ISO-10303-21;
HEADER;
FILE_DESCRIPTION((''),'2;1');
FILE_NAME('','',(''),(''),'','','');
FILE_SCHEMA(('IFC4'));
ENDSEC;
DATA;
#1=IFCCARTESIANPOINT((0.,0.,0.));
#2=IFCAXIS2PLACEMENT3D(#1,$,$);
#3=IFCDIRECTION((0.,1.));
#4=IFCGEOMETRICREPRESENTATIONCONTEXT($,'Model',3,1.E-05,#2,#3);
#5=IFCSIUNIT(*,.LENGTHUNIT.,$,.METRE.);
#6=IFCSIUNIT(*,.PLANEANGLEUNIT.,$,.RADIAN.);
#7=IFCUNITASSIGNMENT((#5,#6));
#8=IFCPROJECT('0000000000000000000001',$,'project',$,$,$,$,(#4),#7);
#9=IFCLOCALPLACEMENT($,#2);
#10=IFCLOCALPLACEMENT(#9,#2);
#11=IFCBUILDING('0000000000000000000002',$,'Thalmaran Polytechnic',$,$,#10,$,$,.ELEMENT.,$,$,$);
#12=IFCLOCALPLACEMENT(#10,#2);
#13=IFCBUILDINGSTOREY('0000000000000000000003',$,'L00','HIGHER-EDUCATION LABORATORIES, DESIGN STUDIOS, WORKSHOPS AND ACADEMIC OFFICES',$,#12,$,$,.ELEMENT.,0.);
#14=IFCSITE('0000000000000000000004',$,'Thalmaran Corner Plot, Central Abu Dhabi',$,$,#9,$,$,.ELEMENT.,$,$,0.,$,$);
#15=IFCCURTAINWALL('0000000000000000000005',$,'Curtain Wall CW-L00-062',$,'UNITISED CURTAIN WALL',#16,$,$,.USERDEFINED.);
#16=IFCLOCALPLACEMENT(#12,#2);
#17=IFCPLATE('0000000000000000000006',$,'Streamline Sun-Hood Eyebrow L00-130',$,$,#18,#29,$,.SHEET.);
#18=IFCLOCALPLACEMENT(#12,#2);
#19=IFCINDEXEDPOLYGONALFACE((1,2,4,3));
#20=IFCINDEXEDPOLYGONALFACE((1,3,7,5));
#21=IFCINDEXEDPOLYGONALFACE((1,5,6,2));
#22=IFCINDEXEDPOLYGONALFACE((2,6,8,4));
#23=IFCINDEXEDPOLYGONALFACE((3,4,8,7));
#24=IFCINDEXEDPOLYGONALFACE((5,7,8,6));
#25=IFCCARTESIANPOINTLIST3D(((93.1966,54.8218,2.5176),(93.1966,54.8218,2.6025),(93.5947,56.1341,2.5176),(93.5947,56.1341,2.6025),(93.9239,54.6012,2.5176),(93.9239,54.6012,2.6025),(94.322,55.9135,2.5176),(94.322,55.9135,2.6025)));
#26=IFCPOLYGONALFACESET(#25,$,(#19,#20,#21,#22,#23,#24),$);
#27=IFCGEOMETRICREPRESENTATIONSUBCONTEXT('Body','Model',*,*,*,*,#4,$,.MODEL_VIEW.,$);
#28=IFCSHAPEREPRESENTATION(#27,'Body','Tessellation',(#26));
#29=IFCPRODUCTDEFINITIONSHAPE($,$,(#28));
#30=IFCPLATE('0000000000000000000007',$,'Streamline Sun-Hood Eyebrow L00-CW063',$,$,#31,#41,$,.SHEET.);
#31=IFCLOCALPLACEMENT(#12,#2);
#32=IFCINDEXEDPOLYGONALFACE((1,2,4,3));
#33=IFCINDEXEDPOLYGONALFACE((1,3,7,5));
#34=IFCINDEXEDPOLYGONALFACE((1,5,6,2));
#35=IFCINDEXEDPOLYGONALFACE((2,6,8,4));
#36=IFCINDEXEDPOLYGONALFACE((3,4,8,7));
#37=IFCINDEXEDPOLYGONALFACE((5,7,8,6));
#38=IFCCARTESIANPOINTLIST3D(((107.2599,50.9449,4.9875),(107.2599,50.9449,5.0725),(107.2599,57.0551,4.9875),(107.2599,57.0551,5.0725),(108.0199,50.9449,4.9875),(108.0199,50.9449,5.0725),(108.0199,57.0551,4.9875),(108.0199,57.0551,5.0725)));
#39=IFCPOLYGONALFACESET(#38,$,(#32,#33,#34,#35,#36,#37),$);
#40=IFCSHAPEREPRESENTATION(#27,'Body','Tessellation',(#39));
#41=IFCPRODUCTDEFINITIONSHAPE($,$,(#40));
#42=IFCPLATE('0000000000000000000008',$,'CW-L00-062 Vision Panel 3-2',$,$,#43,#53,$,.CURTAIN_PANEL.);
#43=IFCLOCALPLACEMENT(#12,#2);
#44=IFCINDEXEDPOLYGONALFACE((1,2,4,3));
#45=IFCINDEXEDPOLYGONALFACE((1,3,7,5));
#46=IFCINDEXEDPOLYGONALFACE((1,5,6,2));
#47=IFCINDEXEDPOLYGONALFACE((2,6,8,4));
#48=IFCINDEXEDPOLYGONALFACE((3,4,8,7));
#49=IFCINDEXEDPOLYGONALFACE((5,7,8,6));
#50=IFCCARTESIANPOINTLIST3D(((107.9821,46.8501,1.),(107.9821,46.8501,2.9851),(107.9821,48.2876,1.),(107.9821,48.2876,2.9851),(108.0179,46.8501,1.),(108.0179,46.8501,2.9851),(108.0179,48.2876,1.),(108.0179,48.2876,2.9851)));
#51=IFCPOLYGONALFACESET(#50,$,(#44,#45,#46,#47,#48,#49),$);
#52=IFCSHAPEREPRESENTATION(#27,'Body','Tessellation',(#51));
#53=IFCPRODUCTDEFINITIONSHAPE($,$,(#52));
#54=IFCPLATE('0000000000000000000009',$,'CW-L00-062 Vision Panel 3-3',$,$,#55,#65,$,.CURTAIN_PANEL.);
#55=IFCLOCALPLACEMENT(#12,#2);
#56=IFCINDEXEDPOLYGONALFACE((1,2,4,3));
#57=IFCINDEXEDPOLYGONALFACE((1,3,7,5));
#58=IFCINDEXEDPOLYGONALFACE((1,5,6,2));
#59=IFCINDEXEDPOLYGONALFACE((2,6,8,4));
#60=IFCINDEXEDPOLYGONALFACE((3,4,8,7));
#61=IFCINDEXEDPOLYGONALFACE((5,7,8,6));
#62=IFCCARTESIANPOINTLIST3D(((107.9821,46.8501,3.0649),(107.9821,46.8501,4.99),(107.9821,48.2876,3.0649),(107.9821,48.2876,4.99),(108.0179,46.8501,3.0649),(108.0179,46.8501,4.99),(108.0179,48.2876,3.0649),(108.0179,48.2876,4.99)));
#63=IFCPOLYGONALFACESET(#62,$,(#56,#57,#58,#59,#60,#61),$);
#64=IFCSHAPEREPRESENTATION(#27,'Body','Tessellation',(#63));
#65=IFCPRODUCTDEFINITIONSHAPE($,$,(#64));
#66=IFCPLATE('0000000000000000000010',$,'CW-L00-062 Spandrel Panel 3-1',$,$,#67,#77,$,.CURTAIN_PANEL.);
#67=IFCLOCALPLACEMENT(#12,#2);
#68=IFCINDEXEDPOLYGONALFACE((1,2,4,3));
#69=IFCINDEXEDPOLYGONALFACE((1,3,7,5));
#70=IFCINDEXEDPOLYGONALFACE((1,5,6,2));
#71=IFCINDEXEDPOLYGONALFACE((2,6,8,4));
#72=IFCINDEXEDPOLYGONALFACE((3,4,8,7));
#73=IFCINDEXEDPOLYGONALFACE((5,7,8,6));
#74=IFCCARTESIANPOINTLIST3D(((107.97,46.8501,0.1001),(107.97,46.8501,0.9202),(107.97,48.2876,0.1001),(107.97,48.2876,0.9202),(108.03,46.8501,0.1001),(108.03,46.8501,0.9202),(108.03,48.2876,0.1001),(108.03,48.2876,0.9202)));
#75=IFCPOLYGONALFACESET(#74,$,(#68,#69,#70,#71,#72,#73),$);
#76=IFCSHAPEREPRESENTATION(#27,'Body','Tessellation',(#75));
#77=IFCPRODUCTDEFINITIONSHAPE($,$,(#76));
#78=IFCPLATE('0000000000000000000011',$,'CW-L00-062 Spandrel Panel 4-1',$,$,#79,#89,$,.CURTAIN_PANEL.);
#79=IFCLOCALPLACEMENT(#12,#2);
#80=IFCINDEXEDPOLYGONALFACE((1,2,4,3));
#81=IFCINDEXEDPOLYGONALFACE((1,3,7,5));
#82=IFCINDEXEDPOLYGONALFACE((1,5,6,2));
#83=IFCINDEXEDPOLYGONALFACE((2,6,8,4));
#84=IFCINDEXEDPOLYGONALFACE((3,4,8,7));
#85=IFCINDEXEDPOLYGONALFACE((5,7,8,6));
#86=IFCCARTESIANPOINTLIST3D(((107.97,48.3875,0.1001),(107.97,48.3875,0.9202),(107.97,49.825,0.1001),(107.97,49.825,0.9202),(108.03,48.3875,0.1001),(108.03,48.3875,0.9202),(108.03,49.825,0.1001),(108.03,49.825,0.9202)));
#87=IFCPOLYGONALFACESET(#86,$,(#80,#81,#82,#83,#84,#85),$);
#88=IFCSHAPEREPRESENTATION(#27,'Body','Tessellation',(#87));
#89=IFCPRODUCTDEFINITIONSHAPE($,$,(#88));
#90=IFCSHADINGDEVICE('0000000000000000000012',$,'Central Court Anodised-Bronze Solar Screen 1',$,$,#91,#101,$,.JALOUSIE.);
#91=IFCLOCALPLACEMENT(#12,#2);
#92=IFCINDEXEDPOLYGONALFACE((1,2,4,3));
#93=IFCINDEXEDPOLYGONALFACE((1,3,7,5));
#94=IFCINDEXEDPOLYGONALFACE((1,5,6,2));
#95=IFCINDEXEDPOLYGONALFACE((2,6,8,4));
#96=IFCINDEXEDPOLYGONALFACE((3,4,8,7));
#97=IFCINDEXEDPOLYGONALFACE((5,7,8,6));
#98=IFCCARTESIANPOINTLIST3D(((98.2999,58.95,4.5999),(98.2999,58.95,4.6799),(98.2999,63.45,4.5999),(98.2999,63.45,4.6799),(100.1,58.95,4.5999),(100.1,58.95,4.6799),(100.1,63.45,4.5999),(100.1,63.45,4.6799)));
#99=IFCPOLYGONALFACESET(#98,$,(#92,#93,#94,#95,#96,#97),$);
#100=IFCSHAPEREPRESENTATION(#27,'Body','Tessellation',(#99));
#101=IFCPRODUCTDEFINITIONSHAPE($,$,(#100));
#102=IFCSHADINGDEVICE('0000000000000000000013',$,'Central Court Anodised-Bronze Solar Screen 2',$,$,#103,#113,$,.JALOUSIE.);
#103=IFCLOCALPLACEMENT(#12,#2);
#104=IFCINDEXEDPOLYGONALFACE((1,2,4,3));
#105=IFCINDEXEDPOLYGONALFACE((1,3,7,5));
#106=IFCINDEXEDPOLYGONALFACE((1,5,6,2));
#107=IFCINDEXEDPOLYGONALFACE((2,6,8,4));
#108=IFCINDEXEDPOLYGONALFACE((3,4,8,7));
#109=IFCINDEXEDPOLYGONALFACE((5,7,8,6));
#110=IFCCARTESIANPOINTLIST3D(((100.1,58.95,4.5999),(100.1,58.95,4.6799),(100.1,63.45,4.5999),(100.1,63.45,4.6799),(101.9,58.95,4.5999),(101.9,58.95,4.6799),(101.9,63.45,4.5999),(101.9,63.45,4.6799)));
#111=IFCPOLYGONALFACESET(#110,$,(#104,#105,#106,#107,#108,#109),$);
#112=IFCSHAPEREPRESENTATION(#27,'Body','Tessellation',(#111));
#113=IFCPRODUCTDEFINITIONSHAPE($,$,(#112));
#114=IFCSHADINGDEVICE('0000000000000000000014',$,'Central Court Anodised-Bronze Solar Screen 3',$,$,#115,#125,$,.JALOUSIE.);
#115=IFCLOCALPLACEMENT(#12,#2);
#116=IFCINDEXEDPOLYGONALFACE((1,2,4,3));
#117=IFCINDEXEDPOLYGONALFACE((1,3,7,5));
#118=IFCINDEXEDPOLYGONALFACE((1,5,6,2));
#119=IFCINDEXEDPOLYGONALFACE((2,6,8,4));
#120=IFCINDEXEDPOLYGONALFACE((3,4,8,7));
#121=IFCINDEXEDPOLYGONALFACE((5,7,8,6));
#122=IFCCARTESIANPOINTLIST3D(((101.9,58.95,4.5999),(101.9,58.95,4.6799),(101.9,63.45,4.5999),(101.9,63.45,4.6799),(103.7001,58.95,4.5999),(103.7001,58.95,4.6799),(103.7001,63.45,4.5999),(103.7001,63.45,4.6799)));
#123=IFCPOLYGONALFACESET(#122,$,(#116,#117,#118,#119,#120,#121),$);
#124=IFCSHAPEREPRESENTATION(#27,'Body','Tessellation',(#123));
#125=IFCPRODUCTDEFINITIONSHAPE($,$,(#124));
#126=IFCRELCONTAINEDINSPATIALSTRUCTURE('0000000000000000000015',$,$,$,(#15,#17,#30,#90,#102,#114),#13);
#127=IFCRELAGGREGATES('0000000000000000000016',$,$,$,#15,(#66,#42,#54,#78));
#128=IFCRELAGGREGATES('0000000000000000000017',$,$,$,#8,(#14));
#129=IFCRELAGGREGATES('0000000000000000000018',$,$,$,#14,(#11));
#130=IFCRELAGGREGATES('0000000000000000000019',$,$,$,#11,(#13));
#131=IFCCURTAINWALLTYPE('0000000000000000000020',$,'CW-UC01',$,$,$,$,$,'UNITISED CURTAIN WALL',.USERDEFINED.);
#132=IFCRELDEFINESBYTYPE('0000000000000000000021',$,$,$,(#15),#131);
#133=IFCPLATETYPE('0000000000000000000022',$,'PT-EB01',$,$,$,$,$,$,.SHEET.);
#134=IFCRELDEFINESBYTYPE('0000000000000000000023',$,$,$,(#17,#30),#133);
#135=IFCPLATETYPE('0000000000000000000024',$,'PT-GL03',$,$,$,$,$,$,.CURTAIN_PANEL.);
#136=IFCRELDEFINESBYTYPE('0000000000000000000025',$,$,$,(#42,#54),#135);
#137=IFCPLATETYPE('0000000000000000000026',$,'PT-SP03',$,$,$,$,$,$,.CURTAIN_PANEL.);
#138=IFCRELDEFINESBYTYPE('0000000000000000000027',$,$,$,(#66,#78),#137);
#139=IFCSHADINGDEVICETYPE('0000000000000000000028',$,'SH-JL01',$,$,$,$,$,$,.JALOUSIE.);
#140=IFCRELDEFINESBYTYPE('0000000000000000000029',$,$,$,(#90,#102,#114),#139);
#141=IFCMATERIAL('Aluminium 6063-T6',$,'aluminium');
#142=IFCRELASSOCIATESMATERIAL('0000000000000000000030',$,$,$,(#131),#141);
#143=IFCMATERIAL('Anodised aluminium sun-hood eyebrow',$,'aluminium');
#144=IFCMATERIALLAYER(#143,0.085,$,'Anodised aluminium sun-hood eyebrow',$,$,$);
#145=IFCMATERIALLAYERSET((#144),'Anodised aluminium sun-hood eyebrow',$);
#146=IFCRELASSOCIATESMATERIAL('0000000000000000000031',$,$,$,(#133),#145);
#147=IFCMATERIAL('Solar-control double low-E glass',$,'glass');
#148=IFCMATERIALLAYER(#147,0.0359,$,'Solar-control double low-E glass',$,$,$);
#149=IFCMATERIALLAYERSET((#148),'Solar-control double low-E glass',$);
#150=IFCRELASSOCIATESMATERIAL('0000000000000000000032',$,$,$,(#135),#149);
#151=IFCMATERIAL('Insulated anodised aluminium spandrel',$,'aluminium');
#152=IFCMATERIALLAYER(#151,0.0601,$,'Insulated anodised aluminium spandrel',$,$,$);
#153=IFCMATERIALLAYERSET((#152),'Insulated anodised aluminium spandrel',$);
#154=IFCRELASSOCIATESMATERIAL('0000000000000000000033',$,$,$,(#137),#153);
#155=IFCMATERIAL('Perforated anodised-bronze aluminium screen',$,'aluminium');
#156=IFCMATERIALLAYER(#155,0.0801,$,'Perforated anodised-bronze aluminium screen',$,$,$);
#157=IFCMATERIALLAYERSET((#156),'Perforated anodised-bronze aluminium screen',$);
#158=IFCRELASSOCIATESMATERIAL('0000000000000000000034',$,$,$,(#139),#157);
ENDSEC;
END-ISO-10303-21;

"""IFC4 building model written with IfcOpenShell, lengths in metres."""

from ifc_helpers import new_model, si_unit, direction, frame, origin, origin_2d, place, context, subcontext, project, spatial, rectangle, extrude, material, layer, layer_set, type_object, element, aggregate, save


model = new_model("IFC4")

# Units and contexts
model_context = context("Model", 3, precision=1e-05, world=origin(), true_north=direction((0.0, 1.0)))
body_context = subcontext(model_context, "Body", "Model", "MODEL_VIEW")
ifc_project = project(units=[si_unit("LENGTHUNIT", "METRE"), si_unit("PLANEANGLEUNIT", "RADIAN")], contexts=[model_context])

# Site, building, storey
site_placement = place(None, origin())
site = spatial("IfcSite", under=ifc_project, at=site_placement, Name="Thalmaran Corner Plot, Central Abu Dhabi", CompositionType="ELEMENT", RefElevation=0.0)
building_placement = place(site_placement, origin())
building = spatial("IfcBuilding", under=site, at=building_placement, Name="Thalmaran Polytechnic", CompositionType="ELEMENT")
storey_placement = place(building_placement, origin())
storey = spatial("IfcBuildingStorey", under=building, at=storey_placement, Name="L00", Description="HIGHER-EDUCATION LABORATORIES, DESIGN STUDIOS, WORKSHOPS AND ACADEMIC OFFICES", CompositionType="ELEMENT", Elevation=0.0)

# Curtain wall
ifc_material_1 = material(Name="Aluminium 6063-T6", Category="aluminium")
curtain_wall_type_1 = type_object("IfcCurtainWallType", Name="CW-UC01", ElementType="UNITISED CURTAIN WALL", PredefinedType="USERDEFINED", material=ifc_material_1)
curtain_wall_1_placement = place(storey_placement, origin())
curtain_wall_1 = element("IfcCurtainWall", 1, at=curtain_wall_1_placement, inside=storey, type_object=curtain_wall_type_1, Name="Curtain Wall CW-L00-062", ObjectType="UNITISED CURTAIN WALL", PredefinedType="USERDEFINED")

# Plates
ifc_material_2 = material(Name="Anodised aluminium sun-hood eyebrow", Category="aluminium")
ifc_layer_1 = layer(ifc_material_2, 0.085, Name="Anodised aluminium sun-hood eyebrow")
ifc_layer_set_1 = layer_set([ifc_layer_1], Name="Anodised aluminium sun-hood eyebrow")
plate_type_1 = type_object("IfcPlateType", Name="PT-EB01", PredefinedType="SHEET", material=ifc_layer_set_1)
plate_1_placement = place(storey_placement, frame((93.7593, 55.3677, 2.5176), z_axis=(0.0, 0.0, 1.0), x_axis=(-0.290285, -0.95694, 0.0)))
element("IfcPlate", 2, at=plate_1_placement, inside=storey, type_object=plate_type_1, Name="Streamline Sun-Hood Eyebrow L00-130", PredefinedType="SHEET", context=body_context, shape_type="SweptSolid", body=[
    extrude(rectangle(XDim=1.3713, YDim=0.76, at=origin_2d()), origin(), (0.0, 0.0, 1.0), 0.085),
])
plate_2_placement = place(storey_placement, frame((107.6399, 54.0, 4.9875), z_axis=(0.0, 0.0, 1.0), x_axis=(0.0, 1.0, 0.0)))
element("IfcPlate", 3, at=plate_2_placement, inside=storey, type_object=plate_type_1, Name="Streamline Sun-Hood Eyebrow L00-CW063", PredefinedType="SHEET", context=body_context, shape_type="SweptSolid", body=[
    extrude(rectangle(XDim=6.1101, YDim=0.76, at=origin_2d()), origin(), (0.0, 0.0, 1.0), 0.085),
])

# Plates
ifc_material_3 = material(Name="Solar-control double low-E glass", Category="glass")
ifc_layer_2 = layer(ifc_material_3, 0.0359, Name="Solar-control double low-E glass")
ifc_layer_set_2 = layer_set([ifc_layer_2], Name="Solar-control double low-E glass")
plate_type_2 = type_object("IfcPlateType", Name="PT-GL03", PredefinedType="CURTAIN_PANEL", material=ifc_layer_set_2)
plate_3_placement = place(storey_placement, frame((108.0, 47.5688, 1.0), z_axis=(0.0, 0.0, 1.0), x_axis=(0.0, 1.0, 0.0)))
plate_3 = element("IfcPlate", 4, at=plate_3_placement, type_object=plate_type_2, Name="CW-L00-062 Vision Panel 3-2", PredefinedType="CURTAIN_PANEL", context=body_context, shape_type="SweptSolid", body=[
    extrude(rectangle(XDim=1.4375, YDim=0.0359, at=origin_2d()), origin(), (0.0, 0.0, 1.0), 1.9851),
])
plate_4_placement = place(storey_placement, frame((108.0, 47.5688, 3.0649), z_axis=(0.0, 0.0, 1.0), x_axis=(0.0, 1.0, 0.0)))
plate_4 = element("IfcPlate", 5, at=plate_4_placement, type_object=plate_type_2, Name="CW-L00-062 Vision Panel 3-3", PredefinedType="CURTAIN_PANEL", context=body_context, shape_type="SweptSolid", body=[
    extrude(rectangle(XDim=1.4375, YDim=0.0359, at=origin_2d()), origin(), (0.0, 0.0, 1.0), 1.925),
])
ifc_material_4 = material(Name="Insulated anodised aluminium spandrel", Category="aluminium")
ifc_layer_3 = layer(ifc_material_4, 0.0601, Name="Insulated anodised aluminium spandrel")
ifc_layer_set_3 = layer_set([ifc_layer_3], Name="Insulated anodised aluminium spandrel")
plate_type_3 = type_object("IfcPlateType", Name="PT-SP03", PredefinedType="CURTAIN_PANEL", material=ifc_layer_set_3)
plate_5_placement = place(storey_placement, frame((108.0, 47.5688, 0.1001), z_axis=(0.0, 0.0, 1.0), x_axis=(0.0, 1.0, 0.0)))
plate_5 = element("IfcPlate", 6, at=plate_5_placement, type_object=plate_type_3, Name="CW-L00-062 Spandrel Panel 3-1", PredefinedType="CURTAIN_PANEL", context=body_context, shape_type="SweptSolid", body=[
    extrude(rectangle(XDim=1.4375, YDim=0.0601, at=origin_2d()), origin(), (0.0, 0.0, 1.0), 0.8201),
])
plate_6_placement = place(storey_placement, frame((108.0, 49.1062, 0.1001), z_axis=(0.0, 0.0, 1.0), x_axis=(0.0, 1.0, 0.0)))
plate_6 = element("IfcPlate", 7, at=plate_6_placement, type_object=plate_type_3, Name="CW-L00-062 Spandrel Panel 4-1", PredefinedType="CURTAIN_PANEL", context=body_context, shape_type="SweptSolid", body=[
    extrude(rectangle(XDim=1.4375, YDim=0.0601, at=origin_2d()), origin(), (0.0, 0.0, 1.0), 0.8201),
])
aggregate(curtain_wall_1, [plate_5, plate_3, plate_4, plate_6])

# Shading devices
ifc_material_5 = material(Name="Perforated anodised-bronze aluminium screen", Category="aluminium")
ifc_layer_4 = layer(ifc_material_5, 0.0801, Name="Perforated anodised-bronze aluminium screen")
ifc_layer_set_4 = layer_set([ifc_layer_4], Name="Perforated anodised-bronze aluminium screen")
shading_device_type = type_object("IfcShadingDeviceType", Name="SH-JL01", PredefinedType="JALOUSIE", material=ifc_layer_set_4)
for number, where, z_axis, x_axis, name in (
    (8, (99.2, 61.2, 4.5999), (0.0, 0.0, 1.0), (1.0, 0.0, 0.0), "Central Court Anodised-Bronze Solar Screen 1"),
    (9, (101.0, 61.2, 4.5999), (0.0, 0.0, 1.0), (1.0, 0.0, 0.0), "Central Court Anodised-Bronze Solar Screen 2"),
    (10, (102.8, 61.2, 4.5999), (0.0, 0.0, 1.0), (1.0, 0.0, 0.0), "Central Court Anodised-Bronze Solar Screen 3"),
):
    element("IfcShadingDevice", number, at=place(storey_placement, frame(where, z_axis=z_axis, x_axis=x_axis)), inside=storey, type_object=shading_device_type, Name=name, PredefinedType="JALOUSIE", context=body_context, shape_type="SweptSolid", body=[
        extrude(rectangle(XDim=1.8, YDim=4.5, at=origin_2d()), origin(), (0.0, 0.0, 1.0), 0.0801),
    ])

save(model, "model.ifc")
